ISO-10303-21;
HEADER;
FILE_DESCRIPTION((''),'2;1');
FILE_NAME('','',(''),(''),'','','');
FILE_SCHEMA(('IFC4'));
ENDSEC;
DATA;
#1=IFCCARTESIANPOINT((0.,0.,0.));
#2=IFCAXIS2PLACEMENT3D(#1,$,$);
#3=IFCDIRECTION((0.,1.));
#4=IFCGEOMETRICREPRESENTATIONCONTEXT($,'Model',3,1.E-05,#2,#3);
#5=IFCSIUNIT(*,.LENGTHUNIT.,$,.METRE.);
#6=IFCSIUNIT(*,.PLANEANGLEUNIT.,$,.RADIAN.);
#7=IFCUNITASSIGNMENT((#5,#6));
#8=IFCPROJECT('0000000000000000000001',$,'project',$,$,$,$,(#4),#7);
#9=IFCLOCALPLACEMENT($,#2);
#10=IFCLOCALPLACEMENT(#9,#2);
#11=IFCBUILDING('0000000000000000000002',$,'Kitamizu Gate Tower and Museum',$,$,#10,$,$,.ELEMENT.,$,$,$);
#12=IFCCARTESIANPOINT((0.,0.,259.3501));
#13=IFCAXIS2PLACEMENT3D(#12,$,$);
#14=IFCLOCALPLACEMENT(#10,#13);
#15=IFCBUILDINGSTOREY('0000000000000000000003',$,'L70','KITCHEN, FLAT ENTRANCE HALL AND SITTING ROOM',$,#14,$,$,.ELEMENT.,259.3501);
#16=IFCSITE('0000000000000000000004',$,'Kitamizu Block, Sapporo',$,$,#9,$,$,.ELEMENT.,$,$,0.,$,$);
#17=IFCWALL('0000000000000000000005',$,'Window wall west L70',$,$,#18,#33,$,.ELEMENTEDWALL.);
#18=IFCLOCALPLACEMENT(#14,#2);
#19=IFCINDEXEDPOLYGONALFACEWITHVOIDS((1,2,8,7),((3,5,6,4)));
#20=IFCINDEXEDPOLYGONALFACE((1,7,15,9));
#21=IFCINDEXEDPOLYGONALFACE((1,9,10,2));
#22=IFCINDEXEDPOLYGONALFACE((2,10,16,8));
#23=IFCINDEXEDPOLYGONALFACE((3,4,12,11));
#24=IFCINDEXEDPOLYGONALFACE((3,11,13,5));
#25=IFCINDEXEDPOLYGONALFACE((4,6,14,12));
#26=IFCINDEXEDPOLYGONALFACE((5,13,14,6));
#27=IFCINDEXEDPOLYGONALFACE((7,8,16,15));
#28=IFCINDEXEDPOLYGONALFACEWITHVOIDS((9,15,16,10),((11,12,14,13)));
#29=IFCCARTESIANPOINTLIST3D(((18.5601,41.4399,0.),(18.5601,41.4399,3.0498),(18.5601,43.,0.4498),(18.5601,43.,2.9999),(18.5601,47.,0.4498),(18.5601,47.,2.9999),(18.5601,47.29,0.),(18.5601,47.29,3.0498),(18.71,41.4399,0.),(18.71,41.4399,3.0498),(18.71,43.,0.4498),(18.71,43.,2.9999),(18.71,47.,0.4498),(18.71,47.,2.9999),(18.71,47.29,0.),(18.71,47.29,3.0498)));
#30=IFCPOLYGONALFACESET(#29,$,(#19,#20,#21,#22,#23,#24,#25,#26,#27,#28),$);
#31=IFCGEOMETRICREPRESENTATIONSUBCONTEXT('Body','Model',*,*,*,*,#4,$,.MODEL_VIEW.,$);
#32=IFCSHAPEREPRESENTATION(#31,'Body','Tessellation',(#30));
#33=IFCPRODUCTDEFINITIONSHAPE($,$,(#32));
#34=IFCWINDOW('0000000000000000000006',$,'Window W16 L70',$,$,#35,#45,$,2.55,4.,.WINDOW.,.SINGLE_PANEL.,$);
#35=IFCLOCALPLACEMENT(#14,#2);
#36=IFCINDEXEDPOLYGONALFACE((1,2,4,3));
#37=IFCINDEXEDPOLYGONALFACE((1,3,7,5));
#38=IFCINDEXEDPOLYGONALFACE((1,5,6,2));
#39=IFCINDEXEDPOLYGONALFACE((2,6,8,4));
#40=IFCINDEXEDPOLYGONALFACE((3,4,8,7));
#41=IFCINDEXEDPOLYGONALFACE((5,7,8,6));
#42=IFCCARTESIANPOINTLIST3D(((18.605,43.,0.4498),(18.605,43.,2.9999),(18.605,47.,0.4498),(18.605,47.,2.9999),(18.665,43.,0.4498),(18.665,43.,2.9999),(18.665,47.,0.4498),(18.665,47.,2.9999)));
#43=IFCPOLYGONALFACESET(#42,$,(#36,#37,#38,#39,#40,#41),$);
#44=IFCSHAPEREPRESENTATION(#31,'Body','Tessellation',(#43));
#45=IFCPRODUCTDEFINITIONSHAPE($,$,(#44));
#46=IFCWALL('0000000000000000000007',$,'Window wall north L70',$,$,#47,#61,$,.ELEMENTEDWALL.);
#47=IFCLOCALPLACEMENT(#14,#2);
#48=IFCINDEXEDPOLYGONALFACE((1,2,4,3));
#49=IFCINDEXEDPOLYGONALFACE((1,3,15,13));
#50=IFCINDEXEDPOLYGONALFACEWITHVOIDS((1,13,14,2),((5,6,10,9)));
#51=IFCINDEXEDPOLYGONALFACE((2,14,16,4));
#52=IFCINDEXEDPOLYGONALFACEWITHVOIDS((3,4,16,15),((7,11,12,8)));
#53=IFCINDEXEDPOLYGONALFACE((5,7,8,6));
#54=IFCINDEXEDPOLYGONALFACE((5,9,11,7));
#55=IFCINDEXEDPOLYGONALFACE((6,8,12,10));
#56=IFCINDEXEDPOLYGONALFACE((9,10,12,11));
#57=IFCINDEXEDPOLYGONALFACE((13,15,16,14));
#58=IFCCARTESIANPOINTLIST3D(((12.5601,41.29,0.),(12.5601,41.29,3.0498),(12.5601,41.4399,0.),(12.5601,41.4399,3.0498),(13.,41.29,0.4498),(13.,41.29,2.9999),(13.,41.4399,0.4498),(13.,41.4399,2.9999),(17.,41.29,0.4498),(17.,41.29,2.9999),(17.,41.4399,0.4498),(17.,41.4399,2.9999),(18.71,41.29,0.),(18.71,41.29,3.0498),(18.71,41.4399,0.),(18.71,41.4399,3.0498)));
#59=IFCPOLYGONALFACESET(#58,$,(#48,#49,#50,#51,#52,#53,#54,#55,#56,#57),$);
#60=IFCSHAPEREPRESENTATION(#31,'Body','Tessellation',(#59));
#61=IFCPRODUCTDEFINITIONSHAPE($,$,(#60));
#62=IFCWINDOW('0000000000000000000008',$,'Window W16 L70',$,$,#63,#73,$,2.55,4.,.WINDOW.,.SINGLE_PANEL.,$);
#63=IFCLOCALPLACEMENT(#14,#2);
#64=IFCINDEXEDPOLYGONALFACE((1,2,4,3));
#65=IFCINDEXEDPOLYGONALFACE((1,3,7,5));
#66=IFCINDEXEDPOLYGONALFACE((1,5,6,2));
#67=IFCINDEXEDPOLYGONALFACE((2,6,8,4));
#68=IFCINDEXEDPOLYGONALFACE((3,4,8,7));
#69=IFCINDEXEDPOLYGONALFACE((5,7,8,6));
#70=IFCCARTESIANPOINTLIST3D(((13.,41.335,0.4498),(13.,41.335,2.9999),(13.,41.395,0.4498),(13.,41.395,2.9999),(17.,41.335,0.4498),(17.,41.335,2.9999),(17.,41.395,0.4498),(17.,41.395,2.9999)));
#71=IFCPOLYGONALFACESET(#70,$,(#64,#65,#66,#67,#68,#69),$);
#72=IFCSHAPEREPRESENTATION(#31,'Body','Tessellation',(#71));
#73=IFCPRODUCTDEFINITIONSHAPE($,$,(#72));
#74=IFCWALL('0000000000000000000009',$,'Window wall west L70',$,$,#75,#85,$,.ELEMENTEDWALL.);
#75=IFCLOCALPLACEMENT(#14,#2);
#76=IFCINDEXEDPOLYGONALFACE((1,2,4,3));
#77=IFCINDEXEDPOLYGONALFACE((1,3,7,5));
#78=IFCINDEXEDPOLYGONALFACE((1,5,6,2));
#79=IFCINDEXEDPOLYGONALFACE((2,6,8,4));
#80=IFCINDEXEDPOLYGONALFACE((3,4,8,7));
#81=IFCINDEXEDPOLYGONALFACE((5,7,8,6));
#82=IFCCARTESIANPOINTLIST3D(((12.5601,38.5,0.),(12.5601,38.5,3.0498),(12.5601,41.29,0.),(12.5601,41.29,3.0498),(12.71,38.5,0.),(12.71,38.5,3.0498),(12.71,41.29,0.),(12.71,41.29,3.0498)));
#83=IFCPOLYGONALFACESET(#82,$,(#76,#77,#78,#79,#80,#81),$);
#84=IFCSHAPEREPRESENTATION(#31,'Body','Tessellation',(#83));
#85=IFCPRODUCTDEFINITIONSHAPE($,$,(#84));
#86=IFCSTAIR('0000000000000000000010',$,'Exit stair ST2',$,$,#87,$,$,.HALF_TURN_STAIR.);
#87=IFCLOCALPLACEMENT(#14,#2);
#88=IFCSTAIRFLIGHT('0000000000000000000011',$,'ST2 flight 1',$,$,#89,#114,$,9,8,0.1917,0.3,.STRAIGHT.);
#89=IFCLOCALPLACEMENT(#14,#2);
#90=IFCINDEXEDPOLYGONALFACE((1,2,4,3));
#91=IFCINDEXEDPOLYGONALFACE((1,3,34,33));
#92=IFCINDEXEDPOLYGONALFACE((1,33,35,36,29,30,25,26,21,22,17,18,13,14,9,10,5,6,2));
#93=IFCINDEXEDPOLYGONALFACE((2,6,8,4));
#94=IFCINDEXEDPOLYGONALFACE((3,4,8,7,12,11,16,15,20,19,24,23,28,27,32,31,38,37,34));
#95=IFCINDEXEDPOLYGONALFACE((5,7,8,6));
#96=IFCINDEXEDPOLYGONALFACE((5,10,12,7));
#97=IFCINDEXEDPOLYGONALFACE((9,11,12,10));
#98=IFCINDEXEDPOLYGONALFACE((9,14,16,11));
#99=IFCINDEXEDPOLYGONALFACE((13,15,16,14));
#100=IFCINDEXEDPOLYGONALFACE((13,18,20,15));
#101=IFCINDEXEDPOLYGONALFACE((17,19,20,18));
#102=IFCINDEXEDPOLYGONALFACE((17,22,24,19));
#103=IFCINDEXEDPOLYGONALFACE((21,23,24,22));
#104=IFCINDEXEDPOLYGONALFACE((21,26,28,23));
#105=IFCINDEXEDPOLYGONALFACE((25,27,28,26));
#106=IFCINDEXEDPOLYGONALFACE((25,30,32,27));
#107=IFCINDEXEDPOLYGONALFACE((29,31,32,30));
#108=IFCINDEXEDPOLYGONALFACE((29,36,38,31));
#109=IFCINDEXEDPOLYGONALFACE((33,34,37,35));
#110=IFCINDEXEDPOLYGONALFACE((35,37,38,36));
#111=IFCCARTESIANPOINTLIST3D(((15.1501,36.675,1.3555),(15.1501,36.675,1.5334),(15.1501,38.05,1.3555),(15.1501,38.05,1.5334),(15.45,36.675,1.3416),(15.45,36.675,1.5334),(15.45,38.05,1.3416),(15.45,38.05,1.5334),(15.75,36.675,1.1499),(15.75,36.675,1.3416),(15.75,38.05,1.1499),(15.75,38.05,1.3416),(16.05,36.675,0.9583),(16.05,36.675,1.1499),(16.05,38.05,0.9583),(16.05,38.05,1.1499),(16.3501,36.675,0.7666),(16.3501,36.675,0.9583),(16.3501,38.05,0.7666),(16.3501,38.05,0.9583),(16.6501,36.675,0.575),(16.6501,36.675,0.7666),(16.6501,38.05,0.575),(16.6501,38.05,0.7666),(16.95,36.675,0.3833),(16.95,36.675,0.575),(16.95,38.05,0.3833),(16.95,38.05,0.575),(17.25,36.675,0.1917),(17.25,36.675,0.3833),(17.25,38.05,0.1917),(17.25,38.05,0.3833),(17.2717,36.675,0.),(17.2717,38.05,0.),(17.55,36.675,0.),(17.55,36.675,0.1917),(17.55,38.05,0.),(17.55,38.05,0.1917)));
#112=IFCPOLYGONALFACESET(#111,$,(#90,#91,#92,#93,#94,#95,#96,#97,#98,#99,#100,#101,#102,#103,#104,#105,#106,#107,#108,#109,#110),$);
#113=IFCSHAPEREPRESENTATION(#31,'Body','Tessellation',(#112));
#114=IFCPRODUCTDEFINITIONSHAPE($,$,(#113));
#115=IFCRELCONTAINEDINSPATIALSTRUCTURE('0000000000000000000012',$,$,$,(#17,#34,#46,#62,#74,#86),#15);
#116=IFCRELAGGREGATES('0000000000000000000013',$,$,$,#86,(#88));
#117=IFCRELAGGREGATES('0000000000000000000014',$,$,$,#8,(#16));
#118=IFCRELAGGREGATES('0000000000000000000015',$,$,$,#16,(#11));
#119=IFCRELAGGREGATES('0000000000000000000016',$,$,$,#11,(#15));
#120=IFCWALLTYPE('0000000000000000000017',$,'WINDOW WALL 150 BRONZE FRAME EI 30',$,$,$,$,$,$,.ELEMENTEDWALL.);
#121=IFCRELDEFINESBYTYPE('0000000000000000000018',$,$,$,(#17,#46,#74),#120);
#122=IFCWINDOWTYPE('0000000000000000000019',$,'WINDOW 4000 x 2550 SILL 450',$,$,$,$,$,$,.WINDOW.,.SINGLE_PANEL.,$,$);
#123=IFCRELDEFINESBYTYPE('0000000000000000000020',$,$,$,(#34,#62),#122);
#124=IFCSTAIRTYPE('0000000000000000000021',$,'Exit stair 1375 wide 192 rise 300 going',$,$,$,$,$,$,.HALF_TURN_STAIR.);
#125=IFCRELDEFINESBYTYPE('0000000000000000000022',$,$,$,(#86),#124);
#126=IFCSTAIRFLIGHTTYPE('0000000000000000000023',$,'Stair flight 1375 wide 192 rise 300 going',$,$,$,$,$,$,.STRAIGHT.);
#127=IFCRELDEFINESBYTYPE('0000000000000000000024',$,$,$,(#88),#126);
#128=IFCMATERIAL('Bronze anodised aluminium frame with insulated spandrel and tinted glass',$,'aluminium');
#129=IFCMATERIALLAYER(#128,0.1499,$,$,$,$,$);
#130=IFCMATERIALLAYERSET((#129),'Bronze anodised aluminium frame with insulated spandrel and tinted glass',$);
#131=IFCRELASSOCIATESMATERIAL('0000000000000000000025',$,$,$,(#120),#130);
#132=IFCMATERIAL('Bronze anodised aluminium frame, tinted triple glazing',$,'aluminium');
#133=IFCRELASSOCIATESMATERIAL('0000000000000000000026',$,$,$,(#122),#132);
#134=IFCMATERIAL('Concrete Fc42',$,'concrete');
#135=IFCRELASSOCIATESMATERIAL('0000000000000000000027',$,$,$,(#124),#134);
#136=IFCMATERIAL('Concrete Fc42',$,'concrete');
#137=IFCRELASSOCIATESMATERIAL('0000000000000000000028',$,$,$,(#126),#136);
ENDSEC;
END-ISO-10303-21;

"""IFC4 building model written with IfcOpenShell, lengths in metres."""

from ifc_helpers import new_model, si_unit, direction, frame, frame_2d, origin, place, context, subcontext, project, spatial, polyline, rectangle, outline, extrude, material, layer, layer_set, type_object, element, fill, aggregate, save


model = new_model("IFC4")

# Units and contexts
model_context = context("Model", 3, precision=1e-05, world=origin(), true_north=direction((0.0, 1.0)))
body_context = subcontext(model_context, "Body", "Model", "MODEL_VIEW")
ifc_project = project(units=[si_unit("LENGTHUNIT", "METRE"), si_unit("PLANEANGLEUNIT", "RADIAN")], contexts=[model_context])

# Site, building, storey
site_placement = place(None, origin())
site = spatial("IfcSite", under=ifc_project, at=site_placement, Name="Kitamizu Block, Sapporo", CompositionType="ELEMENT", RefElevation=0.0)
building_placement = place(site_placement, origin())
building = spatial("IfcBuilding", under=site, at=building_placement, Name="Kitamizu Gate Tower and Museum", CompositionType="ELEMENT")
storey_placement = place(building_placement, frame((0.0, 0.0, 259.3501)))
storey = spatial("IfcBuildingStorey", under=building, at=storey_placement, Name="L70", Description="KITCHEN, FLAT ENTRANCE HALL AND SITTING ROOM", CompositionType="ELEMENT", Elevation=259.3501)

# Shared definitions
ifc_material_1 = material(Name="Bronze anodised aluminium frame with insulated spandrel and tinted glass", Category="aluminium")
ifc_layer_1 = layer(ifc_material_1, 0.1499)
ifc_layer_set_1 = layer_set([ifc_layer_1], Name="Bronze anodised aluminium frame with insulated spandrel and tinted glass")
wall_type_1 = type_object("IfcWallType", Name="WINDOW WALL 150 BRONZE FRAME EI 30", PredefinedType="ELEMENTEDWALL", material=ifc_layer_set_1)

# Walls, openings, windows
wall_1_placement = place(storey_placement, frame((18.635, 41.4399, 0.0), z_axis=(0.0, 0.0, 1.0), x_axis=(0.0, 1.0, 0.0)))
wall_1 = element("IfcWall", 1, at=wall_1_placement, inside=storey, type_object=wall_type_1, Name="Window wall west L70", PredefinedType="ELEMENTEDWALL", context=body_context, shape_type="SweptSolid", body=[
    extrude(rectangle(XDim=5.8501, YDim=0.1499, at=frame_2d((2.925, 0.0))), origin(), (0.0, 0.0, 1.0), 3.0498),
])
opening_1_placement = place(wall_1_placement, frame((1.5601, 0.0, 0.45)))
opening_1 = element("IfcOpeningElement", 2, at=opening_1_placement, cuts=wall_1, PredefinedType="OPENING", context=body_context, shape_type="SweptSolid", body=[
    extrude(rectangle(XDim=4.0, YDim=2.55, at=frame_2d((2.0, 1.2749))), frame((0.0, 0.085, 0.0), z_axis=(0.0, -1.0, 0.0), x_axis=(1.0, 0.0, 0.0)), (0.0, 0.0, 1.0), 0.1699),
])
ifc_material_2 = material(Name="Bronze anodised aluminium frame, tinted triple glazing", Category="aluminium")
window_type_1 = type_object("IfcWindowType", Name="WINDOW 4000 x 2550 SILL 450", PartitioningType="SINGLE_PANEL", PredefinedType="WINDOW", material=ifc_material_2)
window_1_placement = place(opening_1_placement, origin())
window_1 = element("IfcWindow", 3, at=window_1_placement, inside=storey, type_object=window_type_1, Name="Window W16 L70", OverallHeight=2.55, OverallWidth=4.0, PartitioningType="SINGLE_PANEL", PredefinedType="WINDOW", context=body_context, shape_type="SweptSolid", body=[
    extrude(rectangle(XDim=4.0, YDim=2.55, at=frame_2d((2.0, 1.2749))), frame((0.0, 0.03, 0.0), z_axis=(0.0, -1.0, 0.0), x_axis=(1.0, 0.0, 0.0)), (0.0, 0.0, 1.0), 0.0601),
])
fill(opening_1, window_1)
wall_2_placement = place(storey_placement, frame((12.5601, 41.365, 0.0), z_axis=(0.0, 0.0, 1.0), x_axis=(1.0, 0.0, 0.0)))
wall_2 = element("IfcWall", 4, at=wall_2_placement, inside=storey, type_object=wall_type_1, Name="Window wall north L70", PredefinedType="ELEMENTEDWALL", context=body_context, shape_type="SweptSolid", body=[
    extrude(rectangle(XDim=6.1499, YDim=0.1499, at=frame_2d((3.075, 0.0))), origin(), (0.0, 0.0, 1.0), 3.0498),
])
opening_2_placement = place(wall_2_placement, frame((0.4399, 0.0, 0.45)))
opening_2 = element("IfcOpeningElement", 5, at=opening_2_placement, cuts=wall_2, PredefinedType="OPENING", context=body_context, shape_type="SweptSolid", body=[
    extrude(rectangle(XDim=4.0, YDim=2.55, at=frame_2d((2.0, 1.2749))), frame((0.0, 0.085, 0.0), z_axis=(0.0, -1.0, 0.0), x_axis=(1.0, 0.0, 0.0)), (0.0, 0.0, 1.0), 0.1699),
])
window_2_placement = place(opening_2_placement, origin())
window_2 = element("IfcWindow", 6, at=window_2_placement, inside=storey, type_object=window_type_1, Name="Window W16 L70", OverallHeight=2.55, OverallWidth=4.0, PartitioningType="SINGLE_PANEL", PredefinedType="WINDOW", context=body_context, shape_type="SweptSolid", body=[
    extrude(rectangle(XDim=4.0, YDim=2.55, at=frame_2d((2.0, 1.2749))), frame((0.0, 0.03, 0.0), z_axis=(0.0, -1.0, 0.0), x_axis=(1.0, 0.0, 0.0)), (0.0, 0.0, 1.0), 0.0601),
])
fill(opening_2, window_2)

# Wall
wall_3_placement = place(storey_placement, frame((12.635, 38.5, 0.0), z_axis=(0.0, 0.0, 1.0), x_axis=(0.0, 1.0, 0.0)))
element("IfcWall", 7, at=wall_3_placement, inside=storey, type_object=wall_type_1, Name="Window wall west L70", PredefinedType="ELEMENTEDWALL", context=body_context, shape_type="SweptSolid", body=[
    extrude(rectangle(XDim=2.79, YDim=0.1499, at=frame_2d((1.395, 0.0))), origin(), (0.0, 0.0, 1.0), 3.0498),
])

# Stair, stair flight
ifc_material_3 = material(Name="Concrete Fc42", Category="concrete")
stair_type = type_object("IfcStairType", Name="Exit stair 1375 wide 192 rise 300 going", PredefinedType="HALF_TURN_STAIR", material=ifc_material_3)
stair_placement = place(storey_placement, origin())
stair = element("IfcStair", 8, at=stair_placement, inside=storey, type_object=stair_type, Name="Exit stair ST2", PredefinedType="HALF_TURN_STAIR")
ifc_material_4 = material(Name="Concrete Fc42", Category="concrete")
stair_flight_type = type_object("IfcStairFlightType", Name="Stair flight 1375 wide 192 rise 300 going", PredefinedType="STRAIGHT", material=ifc_material_4)
stair_flight_placement = place(storey_placement, frame((17.55, 37.3625, 0.0), z_axis=(0.0, 0.0, 1.0), x_axis=(-1.0, 0.0, 0.0)))
stair_flight = element("IfcStairFlight", 9, at=stair_flight_placement, type_object=stair_flight_type, Name="ST2 flight 1", NumberOfRisers=9, NumberOfTreads=8, PredefinedType="STRAIGHT", RiserHeight=0.1917, TreadLength=0.3, context=body_context, shape_type="SweptSolid", body=[
    extrude(outline(polyline([(0.0, 0.0), (0.0, 0.1917), (0.3, 0.1917), (0.3, 0.3833), (0.6001, 0.3833), (0.6001, 0.575), (0.8999, 0.575), (0.8999, 0.7666), (1.2, 0.7666), (1.2, 0.9583), (1.5, 0.9583), (1.5, 1.1499), (1.8, 1.1499), (1.8, 1.3416), (2.1001, 1.3416), (2.1001, 1.5334), (2.3999, 1.5334), (2.3999, 1.7251), (2.3999, 1.3555), (0.2783, 0.0), (0.0, 0.0)])), frame((0.0, 0.6875, 0.0), z_axis=(0.0, -1.0, 0.0), x_axis=(1.0, 0.0, 0.0)), (0.0, 0.0, 1.0), 1.375),
])
aggregate(stair, [stair_flight])

save(model, "model.ifc")
